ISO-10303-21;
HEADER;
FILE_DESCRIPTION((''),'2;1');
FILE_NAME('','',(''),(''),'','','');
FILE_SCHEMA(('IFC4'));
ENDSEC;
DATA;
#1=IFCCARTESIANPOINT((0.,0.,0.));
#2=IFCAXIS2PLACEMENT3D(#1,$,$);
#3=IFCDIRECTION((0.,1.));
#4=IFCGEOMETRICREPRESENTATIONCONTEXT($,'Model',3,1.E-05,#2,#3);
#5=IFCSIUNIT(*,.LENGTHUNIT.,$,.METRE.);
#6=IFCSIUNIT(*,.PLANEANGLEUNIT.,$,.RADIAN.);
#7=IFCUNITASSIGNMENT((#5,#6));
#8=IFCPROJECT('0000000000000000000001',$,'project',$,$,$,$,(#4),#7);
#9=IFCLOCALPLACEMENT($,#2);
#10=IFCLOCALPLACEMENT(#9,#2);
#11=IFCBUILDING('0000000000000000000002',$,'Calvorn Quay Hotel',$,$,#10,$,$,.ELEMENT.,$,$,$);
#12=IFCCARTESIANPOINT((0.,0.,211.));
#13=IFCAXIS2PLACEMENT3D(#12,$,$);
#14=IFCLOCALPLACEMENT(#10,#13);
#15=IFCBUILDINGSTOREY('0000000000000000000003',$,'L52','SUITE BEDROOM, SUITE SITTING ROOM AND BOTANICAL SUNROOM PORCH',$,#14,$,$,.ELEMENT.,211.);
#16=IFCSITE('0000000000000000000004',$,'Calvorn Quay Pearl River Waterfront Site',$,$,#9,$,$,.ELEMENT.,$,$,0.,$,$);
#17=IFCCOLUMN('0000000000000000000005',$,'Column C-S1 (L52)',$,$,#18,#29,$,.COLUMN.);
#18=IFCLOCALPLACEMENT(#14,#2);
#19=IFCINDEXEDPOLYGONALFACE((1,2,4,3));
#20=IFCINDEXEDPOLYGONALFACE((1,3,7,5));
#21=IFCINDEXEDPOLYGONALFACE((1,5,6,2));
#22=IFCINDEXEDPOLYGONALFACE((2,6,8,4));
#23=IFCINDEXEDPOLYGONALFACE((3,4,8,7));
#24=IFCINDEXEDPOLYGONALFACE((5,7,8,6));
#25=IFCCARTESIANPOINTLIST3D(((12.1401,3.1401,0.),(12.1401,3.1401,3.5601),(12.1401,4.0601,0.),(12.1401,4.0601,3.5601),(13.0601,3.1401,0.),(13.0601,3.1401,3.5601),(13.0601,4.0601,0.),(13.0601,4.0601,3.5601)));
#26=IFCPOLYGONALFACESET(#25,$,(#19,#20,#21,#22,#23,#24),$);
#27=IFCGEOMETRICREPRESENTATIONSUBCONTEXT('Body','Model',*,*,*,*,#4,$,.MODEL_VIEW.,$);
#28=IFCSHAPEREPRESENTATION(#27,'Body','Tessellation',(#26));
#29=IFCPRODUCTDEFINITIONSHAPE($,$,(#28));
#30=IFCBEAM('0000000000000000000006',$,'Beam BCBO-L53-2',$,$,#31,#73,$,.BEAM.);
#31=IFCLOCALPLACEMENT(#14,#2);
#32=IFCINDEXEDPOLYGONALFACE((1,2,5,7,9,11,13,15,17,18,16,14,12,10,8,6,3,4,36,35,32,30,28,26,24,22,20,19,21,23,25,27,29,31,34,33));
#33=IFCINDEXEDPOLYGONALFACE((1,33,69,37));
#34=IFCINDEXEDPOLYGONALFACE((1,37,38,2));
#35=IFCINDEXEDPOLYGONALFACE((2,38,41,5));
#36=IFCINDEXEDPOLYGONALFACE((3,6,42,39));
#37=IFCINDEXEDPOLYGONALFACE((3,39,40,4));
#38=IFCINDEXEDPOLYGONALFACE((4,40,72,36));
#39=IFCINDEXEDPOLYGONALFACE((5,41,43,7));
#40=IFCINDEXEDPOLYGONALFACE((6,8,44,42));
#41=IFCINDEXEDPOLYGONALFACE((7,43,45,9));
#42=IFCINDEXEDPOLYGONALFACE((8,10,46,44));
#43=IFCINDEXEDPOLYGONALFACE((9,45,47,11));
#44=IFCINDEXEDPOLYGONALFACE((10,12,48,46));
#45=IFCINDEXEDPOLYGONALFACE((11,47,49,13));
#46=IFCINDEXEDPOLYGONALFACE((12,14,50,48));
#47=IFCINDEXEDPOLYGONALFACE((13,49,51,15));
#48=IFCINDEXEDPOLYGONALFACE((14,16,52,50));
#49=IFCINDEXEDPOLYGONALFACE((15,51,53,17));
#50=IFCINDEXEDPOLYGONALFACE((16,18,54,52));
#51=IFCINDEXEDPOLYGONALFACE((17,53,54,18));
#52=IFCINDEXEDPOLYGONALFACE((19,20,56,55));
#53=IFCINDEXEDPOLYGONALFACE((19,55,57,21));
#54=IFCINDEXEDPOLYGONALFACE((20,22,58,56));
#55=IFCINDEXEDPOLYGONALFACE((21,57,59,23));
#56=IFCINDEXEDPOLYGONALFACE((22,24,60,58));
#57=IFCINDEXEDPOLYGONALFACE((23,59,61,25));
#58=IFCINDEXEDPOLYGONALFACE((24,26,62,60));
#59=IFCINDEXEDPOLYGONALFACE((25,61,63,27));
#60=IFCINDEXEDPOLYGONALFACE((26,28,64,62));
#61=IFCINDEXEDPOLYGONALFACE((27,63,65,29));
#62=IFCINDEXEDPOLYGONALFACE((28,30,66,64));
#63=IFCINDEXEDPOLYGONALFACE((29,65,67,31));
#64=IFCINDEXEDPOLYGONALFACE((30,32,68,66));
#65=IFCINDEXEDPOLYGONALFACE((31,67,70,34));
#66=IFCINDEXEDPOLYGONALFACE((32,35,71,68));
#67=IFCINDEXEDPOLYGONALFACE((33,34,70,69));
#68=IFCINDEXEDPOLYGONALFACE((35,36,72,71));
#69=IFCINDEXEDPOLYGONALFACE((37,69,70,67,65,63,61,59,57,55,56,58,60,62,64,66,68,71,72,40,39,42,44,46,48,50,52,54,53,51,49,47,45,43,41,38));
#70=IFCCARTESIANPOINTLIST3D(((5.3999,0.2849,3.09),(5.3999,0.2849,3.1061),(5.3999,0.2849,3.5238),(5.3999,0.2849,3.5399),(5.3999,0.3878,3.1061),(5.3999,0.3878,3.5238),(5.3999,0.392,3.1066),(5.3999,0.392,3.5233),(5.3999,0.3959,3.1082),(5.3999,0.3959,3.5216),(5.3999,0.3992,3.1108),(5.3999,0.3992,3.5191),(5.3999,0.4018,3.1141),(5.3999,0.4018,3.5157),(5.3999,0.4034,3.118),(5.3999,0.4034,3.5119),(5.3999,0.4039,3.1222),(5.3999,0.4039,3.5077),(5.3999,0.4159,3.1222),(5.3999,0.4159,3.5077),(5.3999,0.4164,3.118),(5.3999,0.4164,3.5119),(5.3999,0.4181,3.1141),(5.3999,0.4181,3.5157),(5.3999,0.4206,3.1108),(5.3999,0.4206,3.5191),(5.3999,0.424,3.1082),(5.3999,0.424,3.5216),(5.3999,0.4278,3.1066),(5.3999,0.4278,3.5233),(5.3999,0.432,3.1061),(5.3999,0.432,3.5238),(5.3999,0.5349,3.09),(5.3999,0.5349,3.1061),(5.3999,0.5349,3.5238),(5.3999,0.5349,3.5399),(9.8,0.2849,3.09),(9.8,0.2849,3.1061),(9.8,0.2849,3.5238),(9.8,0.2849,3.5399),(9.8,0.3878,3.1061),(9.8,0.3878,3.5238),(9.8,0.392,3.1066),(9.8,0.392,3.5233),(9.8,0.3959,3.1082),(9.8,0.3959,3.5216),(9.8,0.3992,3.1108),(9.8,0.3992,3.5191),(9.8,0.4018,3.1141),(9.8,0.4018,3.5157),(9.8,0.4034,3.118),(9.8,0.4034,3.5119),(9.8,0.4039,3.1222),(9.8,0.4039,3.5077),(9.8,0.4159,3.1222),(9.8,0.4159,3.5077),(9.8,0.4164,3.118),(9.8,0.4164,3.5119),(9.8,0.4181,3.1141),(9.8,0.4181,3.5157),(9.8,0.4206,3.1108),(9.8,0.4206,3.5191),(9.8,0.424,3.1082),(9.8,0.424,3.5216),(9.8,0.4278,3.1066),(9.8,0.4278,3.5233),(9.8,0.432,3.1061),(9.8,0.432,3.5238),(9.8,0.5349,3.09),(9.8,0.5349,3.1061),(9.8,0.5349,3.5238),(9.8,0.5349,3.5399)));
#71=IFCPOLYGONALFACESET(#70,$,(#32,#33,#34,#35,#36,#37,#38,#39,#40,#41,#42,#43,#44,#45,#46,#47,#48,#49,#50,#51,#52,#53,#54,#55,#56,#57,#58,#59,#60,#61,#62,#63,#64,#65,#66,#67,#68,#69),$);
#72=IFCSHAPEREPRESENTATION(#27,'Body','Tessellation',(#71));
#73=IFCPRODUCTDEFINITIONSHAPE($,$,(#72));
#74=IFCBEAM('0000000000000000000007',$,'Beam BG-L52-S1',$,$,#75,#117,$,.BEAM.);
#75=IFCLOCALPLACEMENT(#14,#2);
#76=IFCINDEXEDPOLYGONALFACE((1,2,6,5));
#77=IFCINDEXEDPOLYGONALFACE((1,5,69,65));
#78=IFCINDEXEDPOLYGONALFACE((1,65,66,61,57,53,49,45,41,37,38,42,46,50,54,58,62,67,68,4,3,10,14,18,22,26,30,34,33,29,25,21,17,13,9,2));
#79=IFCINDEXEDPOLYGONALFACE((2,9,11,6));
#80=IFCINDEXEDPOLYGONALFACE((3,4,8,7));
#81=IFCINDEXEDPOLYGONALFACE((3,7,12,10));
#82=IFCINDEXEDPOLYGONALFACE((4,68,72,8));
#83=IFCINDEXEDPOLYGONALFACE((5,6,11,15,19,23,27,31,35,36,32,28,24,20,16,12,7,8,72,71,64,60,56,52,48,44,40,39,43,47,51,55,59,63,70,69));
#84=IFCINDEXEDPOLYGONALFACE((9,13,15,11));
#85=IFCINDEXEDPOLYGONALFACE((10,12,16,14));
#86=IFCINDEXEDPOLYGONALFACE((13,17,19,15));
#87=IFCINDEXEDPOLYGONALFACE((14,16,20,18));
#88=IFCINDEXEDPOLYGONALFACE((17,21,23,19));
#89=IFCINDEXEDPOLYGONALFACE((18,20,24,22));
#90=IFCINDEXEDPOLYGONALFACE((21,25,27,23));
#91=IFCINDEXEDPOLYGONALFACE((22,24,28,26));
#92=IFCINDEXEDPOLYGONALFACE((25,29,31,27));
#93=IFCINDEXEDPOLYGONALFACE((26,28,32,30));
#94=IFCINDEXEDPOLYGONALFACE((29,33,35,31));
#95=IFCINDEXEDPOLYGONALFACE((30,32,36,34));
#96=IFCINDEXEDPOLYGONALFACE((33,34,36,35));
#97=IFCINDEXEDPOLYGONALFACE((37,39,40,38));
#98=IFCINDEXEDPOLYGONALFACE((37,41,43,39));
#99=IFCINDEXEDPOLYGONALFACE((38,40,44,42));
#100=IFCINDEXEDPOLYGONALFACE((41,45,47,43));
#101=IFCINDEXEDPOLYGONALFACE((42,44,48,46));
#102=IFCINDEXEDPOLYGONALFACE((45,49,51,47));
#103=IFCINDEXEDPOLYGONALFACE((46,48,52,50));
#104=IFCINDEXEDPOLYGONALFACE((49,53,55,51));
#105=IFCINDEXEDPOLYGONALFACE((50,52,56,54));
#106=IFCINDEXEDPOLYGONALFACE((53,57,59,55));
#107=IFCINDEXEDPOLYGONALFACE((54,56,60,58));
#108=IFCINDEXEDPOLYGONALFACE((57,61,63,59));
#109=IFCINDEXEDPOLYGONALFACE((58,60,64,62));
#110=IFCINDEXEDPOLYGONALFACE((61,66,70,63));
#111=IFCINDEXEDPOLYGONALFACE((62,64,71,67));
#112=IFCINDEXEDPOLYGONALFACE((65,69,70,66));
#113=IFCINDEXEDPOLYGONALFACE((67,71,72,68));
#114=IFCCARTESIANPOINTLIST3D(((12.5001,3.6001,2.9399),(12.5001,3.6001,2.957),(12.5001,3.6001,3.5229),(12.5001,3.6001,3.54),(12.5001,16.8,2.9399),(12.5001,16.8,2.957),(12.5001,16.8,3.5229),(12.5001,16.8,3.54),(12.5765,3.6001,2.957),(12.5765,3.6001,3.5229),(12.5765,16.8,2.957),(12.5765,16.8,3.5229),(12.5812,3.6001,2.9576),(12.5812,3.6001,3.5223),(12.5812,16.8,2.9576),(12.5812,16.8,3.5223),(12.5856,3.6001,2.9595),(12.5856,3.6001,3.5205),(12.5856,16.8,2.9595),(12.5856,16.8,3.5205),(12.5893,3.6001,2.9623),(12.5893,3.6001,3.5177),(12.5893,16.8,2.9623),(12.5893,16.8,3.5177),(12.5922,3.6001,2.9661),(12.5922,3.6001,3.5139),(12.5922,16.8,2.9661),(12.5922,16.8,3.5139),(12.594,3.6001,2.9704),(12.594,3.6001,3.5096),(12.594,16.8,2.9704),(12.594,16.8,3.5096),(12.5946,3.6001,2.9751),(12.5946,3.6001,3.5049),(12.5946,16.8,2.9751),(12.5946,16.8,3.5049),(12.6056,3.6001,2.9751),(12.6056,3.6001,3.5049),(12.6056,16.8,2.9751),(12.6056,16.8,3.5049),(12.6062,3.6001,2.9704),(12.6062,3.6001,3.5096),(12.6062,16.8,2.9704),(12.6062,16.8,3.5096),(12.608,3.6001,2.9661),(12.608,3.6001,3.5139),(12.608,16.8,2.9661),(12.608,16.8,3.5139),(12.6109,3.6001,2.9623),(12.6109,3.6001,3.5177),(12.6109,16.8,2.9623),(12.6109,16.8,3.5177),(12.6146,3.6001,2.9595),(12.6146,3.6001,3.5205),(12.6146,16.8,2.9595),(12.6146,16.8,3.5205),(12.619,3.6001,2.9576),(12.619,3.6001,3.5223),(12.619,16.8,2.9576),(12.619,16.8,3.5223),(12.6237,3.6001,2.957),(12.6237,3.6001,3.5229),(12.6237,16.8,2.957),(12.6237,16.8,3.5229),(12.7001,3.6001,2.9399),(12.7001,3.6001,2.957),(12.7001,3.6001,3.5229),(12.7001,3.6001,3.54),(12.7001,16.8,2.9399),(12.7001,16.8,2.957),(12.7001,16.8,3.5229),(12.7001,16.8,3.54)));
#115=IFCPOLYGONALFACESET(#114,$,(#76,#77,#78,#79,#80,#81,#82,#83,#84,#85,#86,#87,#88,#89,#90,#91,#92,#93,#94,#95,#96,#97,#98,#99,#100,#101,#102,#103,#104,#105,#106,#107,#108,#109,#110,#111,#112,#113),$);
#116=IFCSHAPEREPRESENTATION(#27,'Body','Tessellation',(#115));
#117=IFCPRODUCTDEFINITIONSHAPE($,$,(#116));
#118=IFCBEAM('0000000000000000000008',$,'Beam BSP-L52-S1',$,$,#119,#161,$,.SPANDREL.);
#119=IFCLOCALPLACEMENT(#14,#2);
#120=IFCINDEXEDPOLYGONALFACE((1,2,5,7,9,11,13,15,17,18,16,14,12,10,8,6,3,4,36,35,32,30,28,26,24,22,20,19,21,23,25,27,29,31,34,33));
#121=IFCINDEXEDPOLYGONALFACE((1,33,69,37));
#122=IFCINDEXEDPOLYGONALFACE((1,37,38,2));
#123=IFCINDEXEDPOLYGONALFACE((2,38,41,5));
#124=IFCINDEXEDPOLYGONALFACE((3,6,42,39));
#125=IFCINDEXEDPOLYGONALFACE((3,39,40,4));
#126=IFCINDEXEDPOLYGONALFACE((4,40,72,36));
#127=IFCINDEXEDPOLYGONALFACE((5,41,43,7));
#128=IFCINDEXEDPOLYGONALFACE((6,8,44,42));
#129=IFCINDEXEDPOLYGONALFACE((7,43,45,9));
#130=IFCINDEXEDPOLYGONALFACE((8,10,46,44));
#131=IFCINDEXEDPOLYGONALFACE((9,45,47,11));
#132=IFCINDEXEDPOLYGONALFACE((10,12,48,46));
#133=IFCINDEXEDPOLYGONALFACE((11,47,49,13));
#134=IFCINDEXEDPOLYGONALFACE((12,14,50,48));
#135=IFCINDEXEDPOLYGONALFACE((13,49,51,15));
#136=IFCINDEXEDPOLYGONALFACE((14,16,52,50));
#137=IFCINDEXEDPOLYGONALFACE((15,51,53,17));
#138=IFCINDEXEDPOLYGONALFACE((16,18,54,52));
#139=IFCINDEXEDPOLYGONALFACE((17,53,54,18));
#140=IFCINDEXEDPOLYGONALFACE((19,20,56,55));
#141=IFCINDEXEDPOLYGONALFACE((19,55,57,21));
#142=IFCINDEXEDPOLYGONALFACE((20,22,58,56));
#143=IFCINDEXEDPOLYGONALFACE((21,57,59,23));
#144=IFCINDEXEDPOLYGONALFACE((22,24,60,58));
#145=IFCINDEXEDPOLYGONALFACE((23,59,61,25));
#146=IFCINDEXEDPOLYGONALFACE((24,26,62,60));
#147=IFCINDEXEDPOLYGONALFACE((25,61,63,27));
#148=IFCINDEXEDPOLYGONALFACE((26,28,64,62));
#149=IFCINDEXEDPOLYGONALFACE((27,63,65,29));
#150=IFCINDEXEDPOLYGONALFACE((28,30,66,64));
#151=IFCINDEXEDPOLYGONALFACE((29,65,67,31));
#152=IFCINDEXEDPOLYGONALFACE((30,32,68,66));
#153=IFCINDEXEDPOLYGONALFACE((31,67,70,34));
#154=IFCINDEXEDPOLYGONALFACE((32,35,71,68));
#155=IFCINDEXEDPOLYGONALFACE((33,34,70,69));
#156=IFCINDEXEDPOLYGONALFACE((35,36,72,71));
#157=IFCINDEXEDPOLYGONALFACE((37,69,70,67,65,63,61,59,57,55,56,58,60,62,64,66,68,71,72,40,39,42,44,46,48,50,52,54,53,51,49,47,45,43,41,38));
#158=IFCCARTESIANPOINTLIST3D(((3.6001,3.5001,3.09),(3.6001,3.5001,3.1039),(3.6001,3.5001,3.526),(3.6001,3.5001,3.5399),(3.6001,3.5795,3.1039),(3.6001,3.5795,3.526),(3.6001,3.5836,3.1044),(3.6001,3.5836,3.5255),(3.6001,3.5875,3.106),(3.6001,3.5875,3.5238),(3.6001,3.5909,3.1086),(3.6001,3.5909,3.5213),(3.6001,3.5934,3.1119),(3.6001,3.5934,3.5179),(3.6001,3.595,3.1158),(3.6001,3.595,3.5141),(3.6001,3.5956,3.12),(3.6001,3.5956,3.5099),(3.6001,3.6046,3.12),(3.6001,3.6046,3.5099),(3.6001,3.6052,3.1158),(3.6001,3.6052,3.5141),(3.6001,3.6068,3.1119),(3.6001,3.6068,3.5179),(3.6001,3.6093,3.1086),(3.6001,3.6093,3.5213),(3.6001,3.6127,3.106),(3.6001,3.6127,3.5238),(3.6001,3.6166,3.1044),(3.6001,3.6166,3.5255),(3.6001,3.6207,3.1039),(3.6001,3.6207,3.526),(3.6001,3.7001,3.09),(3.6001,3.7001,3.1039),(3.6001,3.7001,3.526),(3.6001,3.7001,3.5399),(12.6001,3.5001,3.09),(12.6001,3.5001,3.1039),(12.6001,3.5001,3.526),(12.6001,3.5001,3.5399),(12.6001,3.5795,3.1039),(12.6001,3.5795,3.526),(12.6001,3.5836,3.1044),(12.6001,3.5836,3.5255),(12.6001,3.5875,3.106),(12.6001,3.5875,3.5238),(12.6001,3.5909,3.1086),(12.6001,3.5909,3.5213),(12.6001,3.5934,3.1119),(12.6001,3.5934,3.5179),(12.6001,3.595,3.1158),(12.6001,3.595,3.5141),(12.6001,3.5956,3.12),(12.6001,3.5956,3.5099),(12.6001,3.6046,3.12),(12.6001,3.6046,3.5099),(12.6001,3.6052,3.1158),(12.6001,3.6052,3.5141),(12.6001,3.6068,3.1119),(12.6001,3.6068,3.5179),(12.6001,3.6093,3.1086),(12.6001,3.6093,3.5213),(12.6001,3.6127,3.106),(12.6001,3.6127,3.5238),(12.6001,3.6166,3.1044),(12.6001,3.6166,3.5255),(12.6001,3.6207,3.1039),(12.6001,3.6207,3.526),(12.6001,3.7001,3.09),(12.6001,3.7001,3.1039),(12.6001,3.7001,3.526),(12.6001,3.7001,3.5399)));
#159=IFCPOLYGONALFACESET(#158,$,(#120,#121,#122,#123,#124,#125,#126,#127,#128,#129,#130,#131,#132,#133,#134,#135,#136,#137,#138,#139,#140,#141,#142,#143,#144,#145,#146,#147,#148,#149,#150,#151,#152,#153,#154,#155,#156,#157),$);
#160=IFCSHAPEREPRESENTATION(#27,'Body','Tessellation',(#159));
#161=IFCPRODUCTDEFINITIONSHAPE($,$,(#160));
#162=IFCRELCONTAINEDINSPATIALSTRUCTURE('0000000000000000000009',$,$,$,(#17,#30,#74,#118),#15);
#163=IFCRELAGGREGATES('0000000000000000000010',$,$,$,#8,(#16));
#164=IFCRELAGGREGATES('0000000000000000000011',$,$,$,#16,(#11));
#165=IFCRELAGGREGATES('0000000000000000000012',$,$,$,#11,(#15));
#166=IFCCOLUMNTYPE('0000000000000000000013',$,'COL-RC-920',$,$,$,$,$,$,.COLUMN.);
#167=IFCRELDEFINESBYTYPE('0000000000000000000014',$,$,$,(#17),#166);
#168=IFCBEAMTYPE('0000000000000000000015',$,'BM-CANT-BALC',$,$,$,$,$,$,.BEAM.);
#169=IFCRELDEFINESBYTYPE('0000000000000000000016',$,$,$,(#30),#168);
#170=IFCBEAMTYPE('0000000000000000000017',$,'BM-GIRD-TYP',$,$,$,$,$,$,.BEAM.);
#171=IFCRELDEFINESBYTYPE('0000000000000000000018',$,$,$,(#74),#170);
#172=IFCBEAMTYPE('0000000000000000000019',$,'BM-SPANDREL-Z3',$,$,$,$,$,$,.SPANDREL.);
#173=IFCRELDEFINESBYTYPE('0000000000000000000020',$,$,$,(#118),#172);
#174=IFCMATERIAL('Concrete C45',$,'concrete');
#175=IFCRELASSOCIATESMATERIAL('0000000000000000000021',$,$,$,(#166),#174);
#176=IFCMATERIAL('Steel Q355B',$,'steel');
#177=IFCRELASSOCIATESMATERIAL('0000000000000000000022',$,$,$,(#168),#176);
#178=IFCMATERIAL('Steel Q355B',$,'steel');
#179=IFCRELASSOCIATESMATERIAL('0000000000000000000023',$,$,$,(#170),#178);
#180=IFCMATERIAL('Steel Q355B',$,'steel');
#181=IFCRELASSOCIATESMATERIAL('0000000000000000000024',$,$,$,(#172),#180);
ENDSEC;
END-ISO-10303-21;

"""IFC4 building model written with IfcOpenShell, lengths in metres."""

from ifc_helpers import new_model, si_unit, direction, frame, origin, origin_2d, place, context, subcontext, project, spatial, rectangle, i_section, extrude, material, material_profile, profile_set, type_object, element, save


model = new_model("IFC4")

# Units and contexts
model_context = context("Model", 3, precision=1e-05, world=origin(), true_north=direction((0.0, 1.0)))
body_context = subcontext(model_context, "Body", "Model", "MODEL_VIEW")
ifc_project = project(units=[si_unit("LENGTHUNIT", "METRE"), si_unit("PLANEANGLEUNIT", "RADIAN")], contexts=[model_context])

# Site, building, storey
site_placement = place(None, origin())
site = spatial("IfcSite", under=ifc_project, at=site_placement, Name="Calvorn Quay Pearl River Waterfront Site", CompositionType="ELEMENT", RefElevation=0.0)
building_placement = place(site_placement, origin())
building = spatial("IfcBuilding", under=site, at=building_placement, Name="Calvorn Quay Hotel", CompositionType="ELEMENT")
storey_placement = place(building_placement, frame((0.0, 0.0, 211.0)))
storey = spatial("IfcBuildingStorey", under=building, at=storey_placement, Name="L52", Description="SUITE BEDROOM, SUITE SITTING ROOM AND BOTANICAL SUNROOM PORCH", CompositionType="ELEMENT", Elevation=211.0)

# Column
ifc_material_1 = material(Name="Concrete C45", Category="concrete")
ifc_material_profile_1 = material_profile(ifc_material_1, rectangle(XDim=0.9199, YDim=0.9199, at=origin_2d()), Name="RC920x920")
ifc_profile_set_1 = profile_set([ifc_material_profile_1], Name="Concrete C45")
column_type = type_object("IfcColumnType", Name="COL-RC-920", PredefinedType="COLUMN", material=ifc_profile_set_1)
column_placement = place(storey_placement, frame((12.6001, 3.6001, 0.0), z_axis=(0.0, 0.0, 1.0), x_axis=(1.0, 0.0, 0.0)))
element("IfcColumn", 1, at=column_placement, inside=storey, type_object=column_type, Name="Column C-S1 (L52)", PredefinedType="COLUMN", context=body_context, shape_type="SweptSolid", body=[
    extrude(rectangle(XDim=0.9199, YDim=0.9199, at=origin_2d()), origin(), (0.0, 0.0, 1.0), 3.5601),
])

# Beams
ifc_material_2 = material(Name="Steel Q355B", Category="steel")
ifc_material_profile_2 = material_profile(ifc_material_2, i_section(OverallWidth=0.25, OverallDepth=0.45, WebThickness=0.012, FlangeThickness=0.0161, FilletRadius=0.0161, at=origin_2d()), Name="HN450x250x12x16")
ifc_profile_set_2 = profile_set([ifc_material_profile_2], Name="Steel Q355B")
beam_type_1 = type_object("IfcBeamType", Name="BM-CANT-BALC", PredefinedType="BEAM", material=ifc_profile_set_2)
beam_1_placement = place(storey_placement, frame((5.3999, 0.4099, 3.3149), z_axis=(1.0, 0.0, 0.0), x_axis=(0.0, 1.0, 0.0)))
element("IfcBeam", 2, at=beam_1_placement, inside=storey, type_object=beam_type_1, Name="Beam BCBO-L53-2", PredefinedType="BEAM", context=body_context, shape_type="SweptSolid", body=[
    extrude(i_section(OverallWidth=0.25, OverallDepth=0.45, WebThickness=0.012, FlangeThickness=0.0161, FilletRadius=0.0161, at=origin_2d()), origin(), (0.0, 0.0, 1.0), 4.4001),
])
ifc_material_3 = material(Name="Steel Q355B", Category="steel")
ifc_material_profile_3 = material_profile(ifc_material_3, i_section(OverallWidth=0.2, OverallDepth=0.6001, WebThickness=0.011, FlangeThickness=0.0171, FilletRadius=0.0181, at=origin_2d()), Name="HN600x200x11x17")
ifc_profile_set_3 = profile_set([ifc_material_profile_3], Name="Steel Q355B")
beam_type_2 = type_object("IfcBeamType", Name="BM-GIRD-TYP", PredefinedType="BEAM", material=ifc_profile_set_3)
beam_2_placement = place(storey_placement, frame((12.6001, 3.6001, 3.24), z_axis=(0.0, 1.0, 0.0), x_axis=(-1.0, 0.0, 0.0)))
element("IfcBeam", 3, at=beam_2_placement, inside=storey, type_object=beam_type_2, Name="Beam BG-L52-S1", PredefinedType="BEAM", context=body_context, shape_type="SweptSolid", body=[
    extrude(i_section(OverallWidth=0.2, OverallDepth=0.6001, WebThickness=0.011, FlangeThickness=0.0171, FilletRadius=0.0181, at=origin_2d()), origin(), (0.0, 0.0, 1.0), 13.2),
])
ifc_material_4 = material(Name="Steel Q355B", Category="steel")
ifc_material_profile_4 = material_profile(ifc_material_4, i_section(OverallWidth=0.2, OverallDepth=0.45, WebThickness=0.009, FlangeThickness=0.0139, FilletRadius=0.0161, at=origin_2d()), Name="HN450x200x9x14")
ifc_profile_set_4 = profile_set([ifc_material_profile_4], Name="Steel Q355B")
beam_type_3 = type_object("IfcBeamType", Name="BM-SPANDREL-Z3", PredefinedType="SPANDREL", material=ifc_profile_set_4)
beam_3_placement = place(storey_placement, frame((3.6001, 3.6001, 3.3149), z_axis=(1.0, 0.0, 0.0), x_axis=(0.0, 1.0, 0.0)))
element("IfcBeam", 4, at=beam_3_placement, inside=storey, type_object=beam_type_3, Name="Beam BSP-L52-S1", PredefinedType="SPANDREL", context=body_context, shape_type="SweptSolid", body=[
    extrude(i_section(OverallWidth=0.2, OverallDepth=0.45, WebThickness=0.009, FlangeThickness=0.0139, FilletRadius=0.0161, at=origin_2d()), origin(), (0.0, 0.0, 1.0), 9.0),
])

save(model, "model.ifc")
